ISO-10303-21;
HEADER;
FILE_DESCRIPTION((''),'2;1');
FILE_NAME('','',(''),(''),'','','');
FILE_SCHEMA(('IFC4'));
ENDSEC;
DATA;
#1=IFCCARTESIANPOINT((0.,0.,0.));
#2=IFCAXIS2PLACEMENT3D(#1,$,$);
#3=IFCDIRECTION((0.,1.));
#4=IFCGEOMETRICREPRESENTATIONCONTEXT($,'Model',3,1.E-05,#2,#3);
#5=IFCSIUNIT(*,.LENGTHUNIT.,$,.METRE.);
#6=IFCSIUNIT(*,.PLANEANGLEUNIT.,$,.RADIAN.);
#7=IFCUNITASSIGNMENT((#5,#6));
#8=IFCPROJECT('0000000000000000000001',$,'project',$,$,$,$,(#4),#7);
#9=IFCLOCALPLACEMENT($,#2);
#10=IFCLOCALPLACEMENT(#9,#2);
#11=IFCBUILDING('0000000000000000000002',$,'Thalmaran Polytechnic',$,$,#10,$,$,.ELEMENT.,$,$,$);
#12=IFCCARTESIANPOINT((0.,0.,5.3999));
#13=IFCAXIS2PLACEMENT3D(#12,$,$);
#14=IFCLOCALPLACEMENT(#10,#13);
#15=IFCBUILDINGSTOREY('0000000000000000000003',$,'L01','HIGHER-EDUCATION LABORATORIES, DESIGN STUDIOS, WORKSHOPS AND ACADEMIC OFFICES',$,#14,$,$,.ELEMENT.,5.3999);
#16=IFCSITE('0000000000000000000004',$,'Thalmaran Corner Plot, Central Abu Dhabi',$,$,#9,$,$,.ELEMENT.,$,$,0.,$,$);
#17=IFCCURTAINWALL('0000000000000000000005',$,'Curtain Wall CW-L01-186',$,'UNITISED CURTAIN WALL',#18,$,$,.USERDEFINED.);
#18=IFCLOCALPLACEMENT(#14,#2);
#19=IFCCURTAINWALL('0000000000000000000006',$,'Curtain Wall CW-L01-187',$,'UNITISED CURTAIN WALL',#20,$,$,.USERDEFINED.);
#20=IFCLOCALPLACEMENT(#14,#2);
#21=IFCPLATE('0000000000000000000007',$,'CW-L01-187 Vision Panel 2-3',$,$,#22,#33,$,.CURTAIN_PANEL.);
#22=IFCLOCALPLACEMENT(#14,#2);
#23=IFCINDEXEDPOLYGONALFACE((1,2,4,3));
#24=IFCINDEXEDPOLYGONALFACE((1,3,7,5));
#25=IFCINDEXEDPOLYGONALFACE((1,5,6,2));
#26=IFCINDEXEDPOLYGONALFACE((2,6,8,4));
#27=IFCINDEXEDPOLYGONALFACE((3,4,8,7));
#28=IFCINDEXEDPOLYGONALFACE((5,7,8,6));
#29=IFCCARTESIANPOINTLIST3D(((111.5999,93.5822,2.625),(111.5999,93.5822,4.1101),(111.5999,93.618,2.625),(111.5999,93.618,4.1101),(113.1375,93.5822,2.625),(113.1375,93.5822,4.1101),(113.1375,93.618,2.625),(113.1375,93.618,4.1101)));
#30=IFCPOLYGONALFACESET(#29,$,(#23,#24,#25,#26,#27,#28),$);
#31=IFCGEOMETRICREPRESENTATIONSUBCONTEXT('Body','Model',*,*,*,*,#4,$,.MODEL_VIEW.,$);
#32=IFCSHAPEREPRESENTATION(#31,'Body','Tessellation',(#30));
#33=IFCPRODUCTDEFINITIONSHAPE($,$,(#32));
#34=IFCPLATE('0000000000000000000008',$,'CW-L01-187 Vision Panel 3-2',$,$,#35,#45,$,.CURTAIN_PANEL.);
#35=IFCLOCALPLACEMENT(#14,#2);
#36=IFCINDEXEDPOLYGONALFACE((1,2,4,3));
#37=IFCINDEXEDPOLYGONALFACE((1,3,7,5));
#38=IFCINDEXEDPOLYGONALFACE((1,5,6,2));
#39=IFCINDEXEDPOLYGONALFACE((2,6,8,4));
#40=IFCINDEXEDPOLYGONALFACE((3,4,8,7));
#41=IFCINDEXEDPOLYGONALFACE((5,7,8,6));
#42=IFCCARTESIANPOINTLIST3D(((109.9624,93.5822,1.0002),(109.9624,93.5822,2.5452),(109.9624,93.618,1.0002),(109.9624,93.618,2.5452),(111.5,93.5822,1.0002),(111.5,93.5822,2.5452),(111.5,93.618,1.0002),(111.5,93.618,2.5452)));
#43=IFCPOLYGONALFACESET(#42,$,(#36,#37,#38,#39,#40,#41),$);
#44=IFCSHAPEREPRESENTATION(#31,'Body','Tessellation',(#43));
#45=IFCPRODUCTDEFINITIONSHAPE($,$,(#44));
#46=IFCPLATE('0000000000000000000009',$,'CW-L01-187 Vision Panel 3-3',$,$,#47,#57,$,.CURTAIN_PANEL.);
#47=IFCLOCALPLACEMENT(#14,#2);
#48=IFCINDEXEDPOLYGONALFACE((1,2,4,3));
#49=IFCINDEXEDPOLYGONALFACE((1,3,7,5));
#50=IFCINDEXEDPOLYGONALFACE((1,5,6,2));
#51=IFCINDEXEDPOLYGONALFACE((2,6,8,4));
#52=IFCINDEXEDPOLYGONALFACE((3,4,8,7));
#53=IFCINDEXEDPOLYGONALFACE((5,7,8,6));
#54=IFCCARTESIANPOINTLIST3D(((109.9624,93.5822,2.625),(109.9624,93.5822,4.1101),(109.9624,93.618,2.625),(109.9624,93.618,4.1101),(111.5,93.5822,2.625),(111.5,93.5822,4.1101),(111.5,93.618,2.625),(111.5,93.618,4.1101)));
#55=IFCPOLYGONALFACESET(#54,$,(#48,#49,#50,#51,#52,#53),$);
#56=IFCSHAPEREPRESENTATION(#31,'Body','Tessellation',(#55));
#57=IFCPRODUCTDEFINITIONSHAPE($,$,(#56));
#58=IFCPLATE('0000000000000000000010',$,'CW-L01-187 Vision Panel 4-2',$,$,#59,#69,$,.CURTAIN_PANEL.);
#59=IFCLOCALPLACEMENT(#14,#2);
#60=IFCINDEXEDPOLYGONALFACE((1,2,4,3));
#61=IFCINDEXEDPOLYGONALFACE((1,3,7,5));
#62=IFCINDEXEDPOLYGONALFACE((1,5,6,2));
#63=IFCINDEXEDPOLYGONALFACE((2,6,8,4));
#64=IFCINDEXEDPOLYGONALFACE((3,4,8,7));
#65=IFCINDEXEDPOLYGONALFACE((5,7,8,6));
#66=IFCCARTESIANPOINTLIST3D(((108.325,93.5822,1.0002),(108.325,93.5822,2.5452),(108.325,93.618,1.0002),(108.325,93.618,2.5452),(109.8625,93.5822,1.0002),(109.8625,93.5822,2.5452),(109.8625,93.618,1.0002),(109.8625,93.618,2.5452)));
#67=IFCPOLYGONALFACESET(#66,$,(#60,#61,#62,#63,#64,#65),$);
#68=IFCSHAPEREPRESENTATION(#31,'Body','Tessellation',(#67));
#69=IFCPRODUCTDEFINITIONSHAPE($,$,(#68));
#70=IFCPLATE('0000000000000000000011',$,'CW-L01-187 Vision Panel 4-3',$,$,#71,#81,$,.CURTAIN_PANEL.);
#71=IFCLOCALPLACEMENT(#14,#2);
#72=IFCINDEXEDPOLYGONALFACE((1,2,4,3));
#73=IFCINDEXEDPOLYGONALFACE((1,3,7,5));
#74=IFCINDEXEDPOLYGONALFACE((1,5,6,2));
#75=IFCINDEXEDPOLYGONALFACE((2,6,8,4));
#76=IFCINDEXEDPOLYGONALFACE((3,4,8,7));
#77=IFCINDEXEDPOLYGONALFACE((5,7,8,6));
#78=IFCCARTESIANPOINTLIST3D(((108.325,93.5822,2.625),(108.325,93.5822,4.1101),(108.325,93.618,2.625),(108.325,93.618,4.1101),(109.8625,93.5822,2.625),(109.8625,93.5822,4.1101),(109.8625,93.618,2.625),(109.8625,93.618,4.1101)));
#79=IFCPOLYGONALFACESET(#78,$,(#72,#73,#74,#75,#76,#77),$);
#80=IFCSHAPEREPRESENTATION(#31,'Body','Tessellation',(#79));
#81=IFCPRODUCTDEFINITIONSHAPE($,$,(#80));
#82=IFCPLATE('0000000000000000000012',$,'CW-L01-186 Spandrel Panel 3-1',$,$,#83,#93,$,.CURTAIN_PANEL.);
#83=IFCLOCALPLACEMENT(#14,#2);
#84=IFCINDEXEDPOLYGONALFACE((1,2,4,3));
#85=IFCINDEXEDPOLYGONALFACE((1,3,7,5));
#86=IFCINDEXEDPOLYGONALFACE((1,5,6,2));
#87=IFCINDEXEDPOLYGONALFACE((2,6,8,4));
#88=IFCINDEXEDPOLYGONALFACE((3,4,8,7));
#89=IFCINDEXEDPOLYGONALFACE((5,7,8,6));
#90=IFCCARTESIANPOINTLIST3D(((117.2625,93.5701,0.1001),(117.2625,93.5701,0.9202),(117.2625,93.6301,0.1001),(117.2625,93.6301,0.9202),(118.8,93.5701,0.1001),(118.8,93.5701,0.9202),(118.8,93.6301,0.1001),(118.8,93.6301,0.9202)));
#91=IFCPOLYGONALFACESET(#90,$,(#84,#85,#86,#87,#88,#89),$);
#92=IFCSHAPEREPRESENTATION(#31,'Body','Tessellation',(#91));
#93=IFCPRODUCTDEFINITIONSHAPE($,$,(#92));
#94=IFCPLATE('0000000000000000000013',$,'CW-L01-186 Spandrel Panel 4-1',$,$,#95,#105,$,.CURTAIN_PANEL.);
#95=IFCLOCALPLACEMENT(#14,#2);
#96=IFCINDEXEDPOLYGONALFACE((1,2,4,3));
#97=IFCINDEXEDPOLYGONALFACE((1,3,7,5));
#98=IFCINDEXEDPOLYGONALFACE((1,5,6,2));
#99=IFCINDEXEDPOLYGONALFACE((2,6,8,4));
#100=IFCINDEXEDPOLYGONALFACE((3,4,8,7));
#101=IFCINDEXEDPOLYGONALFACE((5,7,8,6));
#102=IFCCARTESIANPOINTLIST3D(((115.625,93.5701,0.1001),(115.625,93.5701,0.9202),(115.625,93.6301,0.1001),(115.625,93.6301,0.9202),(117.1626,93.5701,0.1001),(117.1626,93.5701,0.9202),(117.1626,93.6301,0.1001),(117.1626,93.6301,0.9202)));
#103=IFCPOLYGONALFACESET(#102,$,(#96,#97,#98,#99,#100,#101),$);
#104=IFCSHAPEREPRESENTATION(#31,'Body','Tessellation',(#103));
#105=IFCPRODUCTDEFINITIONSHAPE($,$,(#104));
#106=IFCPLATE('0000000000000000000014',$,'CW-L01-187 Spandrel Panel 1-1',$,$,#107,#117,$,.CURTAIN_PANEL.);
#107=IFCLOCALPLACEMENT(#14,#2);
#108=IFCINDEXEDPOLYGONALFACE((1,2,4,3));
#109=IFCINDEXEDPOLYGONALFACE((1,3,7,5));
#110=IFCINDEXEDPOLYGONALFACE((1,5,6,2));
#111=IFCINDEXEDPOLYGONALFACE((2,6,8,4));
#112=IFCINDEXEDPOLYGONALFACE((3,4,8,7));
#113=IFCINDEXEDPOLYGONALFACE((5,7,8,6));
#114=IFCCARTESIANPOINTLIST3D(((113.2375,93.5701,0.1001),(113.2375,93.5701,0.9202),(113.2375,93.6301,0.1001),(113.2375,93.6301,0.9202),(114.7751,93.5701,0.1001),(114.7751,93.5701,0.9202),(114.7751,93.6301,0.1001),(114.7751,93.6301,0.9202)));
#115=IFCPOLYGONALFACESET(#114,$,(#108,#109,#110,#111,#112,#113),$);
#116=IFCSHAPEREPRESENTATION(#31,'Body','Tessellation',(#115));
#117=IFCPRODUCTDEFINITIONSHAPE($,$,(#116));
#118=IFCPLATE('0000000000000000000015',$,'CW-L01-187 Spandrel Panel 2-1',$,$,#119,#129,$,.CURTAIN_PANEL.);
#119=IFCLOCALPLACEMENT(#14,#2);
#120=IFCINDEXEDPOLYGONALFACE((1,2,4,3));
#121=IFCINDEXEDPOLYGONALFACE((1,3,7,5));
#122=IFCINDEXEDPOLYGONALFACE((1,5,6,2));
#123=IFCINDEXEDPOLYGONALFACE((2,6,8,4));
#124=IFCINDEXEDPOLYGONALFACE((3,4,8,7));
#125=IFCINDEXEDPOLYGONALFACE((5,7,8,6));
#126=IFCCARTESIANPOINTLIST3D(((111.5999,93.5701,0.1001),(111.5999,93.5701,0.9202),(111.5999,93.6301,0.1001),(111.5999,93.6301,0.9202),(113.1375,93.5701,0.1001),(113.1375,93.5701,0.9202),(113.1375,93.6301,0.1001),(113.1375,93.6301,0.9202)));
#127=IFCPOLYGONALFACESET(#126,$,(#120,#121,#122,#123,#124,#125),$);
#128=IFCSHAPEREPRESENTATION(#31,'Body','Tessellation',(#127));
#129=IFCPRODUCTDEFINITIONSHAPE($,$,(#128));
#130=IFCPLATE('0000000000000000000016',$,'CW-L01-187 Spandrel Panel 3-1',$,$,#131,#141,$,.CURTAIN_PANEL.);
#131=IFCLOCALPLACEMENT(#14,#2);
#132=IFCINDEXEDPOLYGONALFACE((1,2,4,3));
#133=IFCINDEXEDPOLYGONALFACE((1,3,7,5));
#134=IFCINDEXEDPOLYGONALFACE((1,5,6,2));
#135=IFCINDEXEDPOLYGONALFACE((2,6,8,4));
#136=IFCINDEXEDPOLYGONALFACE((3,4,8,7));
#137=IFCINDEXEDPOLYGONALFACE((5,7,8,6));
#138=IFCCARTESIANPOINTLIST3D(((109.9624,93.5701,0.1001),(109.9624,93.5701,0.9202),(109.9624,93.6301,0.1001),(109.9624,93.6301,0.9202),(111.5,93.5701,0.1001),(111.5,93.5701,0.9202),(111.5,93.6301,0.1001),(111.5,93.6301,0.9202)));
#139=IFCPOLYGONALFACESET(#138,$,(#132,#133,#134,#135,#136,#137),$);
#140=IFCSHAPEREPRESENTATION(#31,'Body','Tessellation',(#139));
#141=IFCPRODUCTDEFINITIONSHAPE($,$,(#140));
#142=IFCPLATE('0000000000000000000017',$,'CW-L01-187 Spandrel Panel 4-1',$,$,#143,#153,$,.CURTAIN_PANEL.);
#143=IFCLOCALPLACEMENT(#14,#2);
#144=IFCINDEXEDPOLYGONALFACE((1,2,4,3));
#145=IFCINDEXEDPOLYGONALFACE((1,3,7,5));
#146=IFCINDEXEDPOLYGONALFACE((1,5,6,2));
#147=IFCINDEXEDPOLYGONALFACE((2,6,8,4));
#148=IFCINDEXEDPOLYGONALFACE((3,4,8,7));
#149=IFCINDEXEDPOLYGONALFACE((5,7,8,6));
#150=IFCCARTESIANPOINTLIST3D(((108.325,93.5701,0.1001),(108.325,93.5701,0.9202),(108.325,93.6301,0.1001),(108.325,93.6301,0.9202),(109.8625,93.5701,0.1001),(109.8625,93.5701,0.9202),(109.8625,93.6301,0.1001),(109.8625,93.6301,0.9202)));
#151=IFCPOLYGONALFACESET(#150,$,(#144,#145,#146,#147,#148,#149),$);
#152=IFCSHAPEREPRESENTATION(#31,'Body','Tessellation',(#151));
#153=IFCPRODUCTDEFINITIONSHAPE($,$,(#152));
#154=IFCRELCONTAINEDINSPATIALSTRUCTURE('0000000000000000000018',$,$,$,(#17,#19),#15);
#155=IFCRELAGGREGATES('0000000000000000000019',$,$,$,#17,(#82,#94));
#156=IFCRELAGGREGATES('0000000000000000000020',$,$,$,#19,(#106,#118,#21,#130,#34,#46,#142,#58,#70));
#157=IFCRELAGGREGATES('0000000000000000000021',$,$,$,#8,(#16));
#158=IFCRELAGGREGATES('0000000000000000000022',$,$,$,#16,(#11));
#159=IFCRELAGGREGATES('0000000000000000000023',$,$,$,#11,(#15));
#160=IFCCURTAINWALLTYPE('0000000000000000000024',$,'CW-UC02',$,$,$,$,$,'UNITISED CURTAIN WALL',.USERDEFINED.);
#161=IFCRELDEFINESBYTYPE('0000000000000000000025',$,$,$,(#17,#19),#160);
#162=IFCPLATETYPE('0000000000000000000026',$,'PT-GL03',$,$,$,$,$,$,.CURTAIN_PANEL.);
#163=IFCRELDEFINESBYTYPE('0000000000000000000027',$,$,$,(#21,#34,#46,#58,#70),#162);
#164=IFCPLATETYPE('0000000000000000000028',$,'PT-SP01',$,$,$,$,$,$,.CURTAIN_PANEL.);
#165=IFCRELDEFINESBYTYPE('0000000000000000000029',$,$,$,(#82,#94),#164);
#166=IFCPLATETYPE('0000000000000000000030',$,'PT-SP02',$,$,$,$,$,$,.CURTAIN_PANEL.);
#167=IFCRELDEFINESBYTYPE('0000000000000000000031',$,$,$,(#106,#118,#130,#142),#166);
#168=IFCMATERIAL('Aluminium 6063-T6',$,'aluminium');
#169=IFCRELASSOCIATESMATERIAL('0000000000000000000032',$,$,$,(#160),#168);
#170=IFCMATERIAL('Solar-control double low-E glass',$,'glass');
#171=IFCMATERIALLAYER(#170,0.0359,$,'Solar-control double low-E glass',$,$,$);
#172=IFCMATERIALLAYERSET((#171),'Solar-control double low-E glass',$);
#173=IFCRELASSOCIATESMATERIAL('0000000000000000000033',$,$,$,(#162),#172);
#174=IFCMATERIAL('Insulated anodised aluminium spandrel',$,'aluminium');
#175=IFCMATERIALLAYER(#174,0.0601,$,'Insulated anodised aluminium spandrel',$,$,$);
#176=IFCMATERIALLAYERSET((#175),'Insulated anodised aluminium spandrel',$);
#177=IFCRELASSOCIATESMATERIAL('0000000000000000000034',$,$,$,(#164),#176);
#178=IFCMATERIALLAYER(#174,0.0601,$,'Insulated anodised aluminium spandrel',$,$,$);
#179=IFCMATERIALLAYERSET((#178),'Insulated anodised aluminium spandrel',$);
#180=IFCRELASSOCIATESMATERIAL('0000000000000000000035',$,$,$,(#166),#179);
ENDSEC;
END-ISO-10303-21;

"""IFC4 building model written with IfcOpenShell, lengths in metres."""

from ifc_helpers import new_model, si_unit, direction, frame, origin, origin_2d, place, context, subcontext, project, spatial, rectangle, extrude, material, layer, layer_set, type_object, element, aggregate, save


model = new_model("IFC4")

# Units and contexts
model_context = context("Model", 3, precision=1e-05, world=origin(), true_north=direction((0.0, 1.0)))
body_context = subcontext(model_context, "Body", "Model", "MODEL_VIEW")
ifc_project = project(units=[si_unit("LENGTHUNIT", "METRE"), si_unit("PLANEANGLEUNIT", "RADIAN")], contexts=[model_context])

# Site, building, storey
site_placement = place(None, origin())
site = spatial("IfcSite", under=ifc_project, at=site_placement, Name="Thalmaran Corner Plot, Central Abu Dhabi", CompositionType="ELEMENT", RefElevation=0.0)
building_placement = place(site_placement, origin())
building = spatial("IfcBuilding", under=site, at=building_placement, Name="Thalmaran Polytechnic", CompositionType="ELEMENT")
storey_placement = place(building_placement, frame((0.0, 0.0, 5.3999)))
storey = spatial("IfcBuildingStorey", under=building, at=storey_placement, Name="L01", Description="HIGHER-EDUCATION LABORATORIES, DESIGN STUDIOS, WORKSHOPS AND ACADEMIC OFFICES", CompositionType="ELEMENT", Elevation=5.3999)

# Curtain walls
ifc_material_1 = material(Name="Aluminium 6063-T6", Category="aluminium")
curtain_wall_type = type_object("IfcCurtainWallType", Name="CW-UC02", ElementType="UNITISED CURTAIN WALL", PredefinedType="USERDEFINED", material=ifc_material_1)
curtain_wall_1_placement = place(storey_placement, origin())
curtain_wall_1 = element("IfcCurtainWall", 1, at=curtain_wall_1_placement, inside=storey, type_object=curtain_wall_type, Name="Curtain Wall CW-L01-186", ObjectType="UNITISED CURTAIN WALL", PredefinedType="USERDEFINED")
curtain_wall_2_placement = place(storey_placement, origin())
curtain_wall_2 = element("IfcCurtainWall", 2, at=curtain_wall_2_placement, inside=storey, type_object=curtain_wall_type, Name="Curtain Wall CW-L01-187", ObjectType="UNITISED CURTAIN WALL", PredefinedType="USERDEFINED")

# Plates
ifc_material_2 = material(Name="Solar-control double low-E glass", Category="glass")
ifc_layer_1 = layer(ifc_material_2, 0.0359, Name="Solar-control double low-E glass")
ifc_layer_set_1 = layer_set([ifc_layer_1], Name="Solar-control double low-E glass")
plate_type_1 = type_object("IfcPlateType", Name="PT-GL03", PredefinedType="CURTAIN_PANEL", material=ifc_layer_set_1)
plate_1_placement = place(storey_placement, frame((112.3687, 93.6001, 2.625), z_axis=(0.0, 0.0, 1.0), x_axis=(-1.0, 0.0, 0.0)))
plate_1 = element("IfcPlate", 3, at=plate_1_placement, type_object=plate_type_1, Name="CW-L01-187 Vision Panel 2-3", PredefinedType="CURTAIN_PANEL", context=body_context, shape_type="SweptSolid", body=[
    extrude(rectangle(XDim=1.5376, YDim=0.0359, at=origin_2d()), origin(), (0.0, 0.0, 1.0), 1.4851),
])
plate_2_placement = place(storey_placement, frame((110.7312, 93.6001, 1.0002), z_axis=(0.0, 0.0, 1.0), x_axis=(-1.0, 0.0, 0.0)))
plate_2 = element("IfcPlate", 4, at=plate_2_placement, type_object=plate_type_1, Name="CW-L01-187 Vision Panel 3-2", PredefinedType="CURTAIN_PANEL", context=body_context, shape_type="SweptSolid", body=[
    extrude(rectangle(XDim=1.5376, YDim=0.0359, at=origin_2d()), origin(), (0.0, 0.0, 1.0), 1.5449),
])
plate_3_placement = place(storey_placement, frame((110.7312, 93.6001, 2.625), z_axis=(0.0, 0.0, 1.0), x_axis=(-1.0, 0.0, 0.0)))
plate_3 = element("IfcPlate", 5, at=plate_3_placement, type_object=plate_type_1, Name="CW-L01-187 Vision Panel 3-3", PredefinedType="CURTAIN_PANEL", context=body_context, shape_type="SweptSolid", body=[
    extrude(rectangle(XDim=1.5376, YDim=0.0359, at=origin_2d()), origin(), (0.0, 0.0, 1.0), 1.4851),
])
plate_4_placement = place(storey_placement, frame((109.0938, 93.6001, 1.0002), z_axis=(0.0, 0.0, 1.0), x_axis=(-1.0, 0.0, 0.0)))
plate_4 = element("IfcPlate", 6, at=plate_4_placement, type_object=plate_type_1, Name="CW-L01-187 Vision Panel 4-2", PredefinedType="CURTAIN_PANEL", context=body_context, shape_type="SweptSolid", body=[
    extrude(rectangle(XDim=1.5376, YDim=0.0359, at=origin_2d()), origin(), (0.0, 0.0, 1.0), 1.5449),
])
plate_5_placement = place(storey_placement, frame((109.0938, 93.6001, 2.625), z_axis=(0.0, 0.0, 1.0), x_axis=(-1.0, 0.0, 0.0)))
plate_5 = element("IfcPlate", 7, at=plate_5_placement, type_object=plate_type_1, Name="CW-L01-187 Vision Panel 4-3", PredefinedType="CURTAIN_PANEL", context=body_context, shape_type="SweptSolid", body=[
    extrude(rectangle(XDim=1.5376, YDim=0.0359, at=origin_2d()), origin(), (0.0, 0.0, 1.0), 1.4851),
])
ifc_material_3 = material(Name="Insulated anodised aluminium spandrel", Category="aluminium")
ifc_layer_2 = layer(ifc_material_3, 0.0601, Name="Insulated anodised aluminium spandrel")
ifc_layer_set_2 = layer_set([ifc_layer_2], Name="Insulated anodised aluminium spandrel")
plate_type_2 = type_object("IfcPlateType", Name="PT-SP01", PredefinedType="CURTAIN_PANEL", material=ifc_layer_set_2)
plate_6_placement = place(storey_placement, frame((118.0312, 93.6001, 0.1001), z_axis=(0.0, 0.0, 1.0), x_axis=(-1.0, 0.0, 0.0)))
plate_6 = element("IfcPlate", 8, at=plate_6_placement, type_object=plate_type_2, Name="CW-L01-186 Spandrel Panel 3-1", PredefinedType="CURTAIN_PANEL", context=body_context, shape_type="SweptSolid", body=[
    extrude(rectangle(XDim=1.5376, YDim=0.0601, at=origin_2d()), origin(), (0.0, 0.0, 1.0), 0.8201),
])
plate_7_placement = place(storey_placement, frame((116.3938, 93.6001, 0.1001), z_axis=(0.0, 0.0, 1.0), x_axis=(-1.0, 0.0, 0.0)))
plate_7 = element("IfcPlate", 9, at=plate_7_placement, type_object=plate_type_2, Name="CW-L01-186 Spandrel Panel 4-1", PredefinedType="CURTAIN_PANEL", context=body_context, shape_type="SweptSolid", body=[
    extrude(rectangle(XDim=1.5376, YDim=0.0601, at=origin_2d()), origin(), (0.0, 0.0, 1.0), 0.8201),
])
aggregate(curtain_wall_1, [plate_6, plate_7])
ifc_layer_3 = layer(ifc_material_3, 0.0601, Name="Insulated anodised aluminium spandrel")
ifc_layer_set_3 = layer_set([ifc_layer_3], Name="Insulated anodised aluminium spandrel")
plate_type_3 = type_object("IfcPlateType", Name="PT-SP02", PredefinedType="CURTAIN_PANEL", material=ifc_layer_set_3)
plate_8_placement = place(storey_placement, frame((114.0063, 93.6001, 0.1001), z_axis=(0.0, 0.0, 1.0), x_axis=(-1.0, 0.0, 0.0)))
plate_8 = element("IfcPlate", 10, at=plate_8_placement, type_object=plate_type_3, Name="CW-L01-187 Spandrel Panel 1-1", PredefinedType="CURTAIN_PANEL", context=body_context, shape_type="SweptSolid", body=[
    extrude(rectangle(XDim=1.5376, YDim=0.0601, at=origin_2d()), origin(), (0.0, 0.0, 1.0), 0.8201),
])
plate_9_placement = place(storey_placement, frame((112.3687, 93.6001, 0.1001), z_axis=(0.0, 0.0, 1.0), x_axis=(-1.0, 0.0, 0.0)))
plate_9 = element("IfcPlate", 11, at=plate_9_placement, type_object=plate_type_3, Name="CW-L01-187 Spandrel Panel 2-1", PredefinedType="CURTAIN_PANEL", context=body_context, shape_type="SweptSolid", body=[
    extrude(rectangle(XDim=1.5376, YDim=0.0601, at=origin_2d()), origin(), (0.0, 0.0, 1.0), 0.8201),
])
plate_10_placement = place(storey_placement, frame((110.7312, 93.6001, 0.1001), z_axis=(0.0, 0.0, 1.0), x_axis=(-1.0, 0.0, 0.0)))
plate_10 = element("IfcPlate", 12, at=plate_10_placement, type_object=plate_type_3, Name="CW-L01-187 Spandrel Panel 3-1", PredefinedType="CURTAIN_PANEL", context=body_context, shape_type="SweptSolid", body=[
    extrude(rectangle(XDim=1.5376, YDim=0.0601, at=origin_2d()), origin(), (0.0, 0.0, 1.0), 0.8201),
])
plate_11_placement = place(storey_placement, frame((109.0938, 93.6001, 0.1001), z_axis=(0.0, 0.0, 1.0), x_axis=(-1.0, 0.0, 0.0)))
plate_11 = element("IfcPlate", 13, at=plate_11_placement, type_object=plate_type_3, Name="CW-L01-187 Spandrel Panel 4-1", PredefinedType="CURTAIN_PANEL", context=body_context, shape_type="SweptSolid", body=[
    extrude(rectangle(XDim=1.5376, YDim=0.0601, at=origin_2d()), origin(), (0.0, 0.0, 1.0), 0.8201),
])
aggregate(curtain_wall_2, [plate_8, plate_9, plate_1, plate_10, plate_2, plate_3, plate_11, plate_4, plate_5])

save(model, "model.ifc")
